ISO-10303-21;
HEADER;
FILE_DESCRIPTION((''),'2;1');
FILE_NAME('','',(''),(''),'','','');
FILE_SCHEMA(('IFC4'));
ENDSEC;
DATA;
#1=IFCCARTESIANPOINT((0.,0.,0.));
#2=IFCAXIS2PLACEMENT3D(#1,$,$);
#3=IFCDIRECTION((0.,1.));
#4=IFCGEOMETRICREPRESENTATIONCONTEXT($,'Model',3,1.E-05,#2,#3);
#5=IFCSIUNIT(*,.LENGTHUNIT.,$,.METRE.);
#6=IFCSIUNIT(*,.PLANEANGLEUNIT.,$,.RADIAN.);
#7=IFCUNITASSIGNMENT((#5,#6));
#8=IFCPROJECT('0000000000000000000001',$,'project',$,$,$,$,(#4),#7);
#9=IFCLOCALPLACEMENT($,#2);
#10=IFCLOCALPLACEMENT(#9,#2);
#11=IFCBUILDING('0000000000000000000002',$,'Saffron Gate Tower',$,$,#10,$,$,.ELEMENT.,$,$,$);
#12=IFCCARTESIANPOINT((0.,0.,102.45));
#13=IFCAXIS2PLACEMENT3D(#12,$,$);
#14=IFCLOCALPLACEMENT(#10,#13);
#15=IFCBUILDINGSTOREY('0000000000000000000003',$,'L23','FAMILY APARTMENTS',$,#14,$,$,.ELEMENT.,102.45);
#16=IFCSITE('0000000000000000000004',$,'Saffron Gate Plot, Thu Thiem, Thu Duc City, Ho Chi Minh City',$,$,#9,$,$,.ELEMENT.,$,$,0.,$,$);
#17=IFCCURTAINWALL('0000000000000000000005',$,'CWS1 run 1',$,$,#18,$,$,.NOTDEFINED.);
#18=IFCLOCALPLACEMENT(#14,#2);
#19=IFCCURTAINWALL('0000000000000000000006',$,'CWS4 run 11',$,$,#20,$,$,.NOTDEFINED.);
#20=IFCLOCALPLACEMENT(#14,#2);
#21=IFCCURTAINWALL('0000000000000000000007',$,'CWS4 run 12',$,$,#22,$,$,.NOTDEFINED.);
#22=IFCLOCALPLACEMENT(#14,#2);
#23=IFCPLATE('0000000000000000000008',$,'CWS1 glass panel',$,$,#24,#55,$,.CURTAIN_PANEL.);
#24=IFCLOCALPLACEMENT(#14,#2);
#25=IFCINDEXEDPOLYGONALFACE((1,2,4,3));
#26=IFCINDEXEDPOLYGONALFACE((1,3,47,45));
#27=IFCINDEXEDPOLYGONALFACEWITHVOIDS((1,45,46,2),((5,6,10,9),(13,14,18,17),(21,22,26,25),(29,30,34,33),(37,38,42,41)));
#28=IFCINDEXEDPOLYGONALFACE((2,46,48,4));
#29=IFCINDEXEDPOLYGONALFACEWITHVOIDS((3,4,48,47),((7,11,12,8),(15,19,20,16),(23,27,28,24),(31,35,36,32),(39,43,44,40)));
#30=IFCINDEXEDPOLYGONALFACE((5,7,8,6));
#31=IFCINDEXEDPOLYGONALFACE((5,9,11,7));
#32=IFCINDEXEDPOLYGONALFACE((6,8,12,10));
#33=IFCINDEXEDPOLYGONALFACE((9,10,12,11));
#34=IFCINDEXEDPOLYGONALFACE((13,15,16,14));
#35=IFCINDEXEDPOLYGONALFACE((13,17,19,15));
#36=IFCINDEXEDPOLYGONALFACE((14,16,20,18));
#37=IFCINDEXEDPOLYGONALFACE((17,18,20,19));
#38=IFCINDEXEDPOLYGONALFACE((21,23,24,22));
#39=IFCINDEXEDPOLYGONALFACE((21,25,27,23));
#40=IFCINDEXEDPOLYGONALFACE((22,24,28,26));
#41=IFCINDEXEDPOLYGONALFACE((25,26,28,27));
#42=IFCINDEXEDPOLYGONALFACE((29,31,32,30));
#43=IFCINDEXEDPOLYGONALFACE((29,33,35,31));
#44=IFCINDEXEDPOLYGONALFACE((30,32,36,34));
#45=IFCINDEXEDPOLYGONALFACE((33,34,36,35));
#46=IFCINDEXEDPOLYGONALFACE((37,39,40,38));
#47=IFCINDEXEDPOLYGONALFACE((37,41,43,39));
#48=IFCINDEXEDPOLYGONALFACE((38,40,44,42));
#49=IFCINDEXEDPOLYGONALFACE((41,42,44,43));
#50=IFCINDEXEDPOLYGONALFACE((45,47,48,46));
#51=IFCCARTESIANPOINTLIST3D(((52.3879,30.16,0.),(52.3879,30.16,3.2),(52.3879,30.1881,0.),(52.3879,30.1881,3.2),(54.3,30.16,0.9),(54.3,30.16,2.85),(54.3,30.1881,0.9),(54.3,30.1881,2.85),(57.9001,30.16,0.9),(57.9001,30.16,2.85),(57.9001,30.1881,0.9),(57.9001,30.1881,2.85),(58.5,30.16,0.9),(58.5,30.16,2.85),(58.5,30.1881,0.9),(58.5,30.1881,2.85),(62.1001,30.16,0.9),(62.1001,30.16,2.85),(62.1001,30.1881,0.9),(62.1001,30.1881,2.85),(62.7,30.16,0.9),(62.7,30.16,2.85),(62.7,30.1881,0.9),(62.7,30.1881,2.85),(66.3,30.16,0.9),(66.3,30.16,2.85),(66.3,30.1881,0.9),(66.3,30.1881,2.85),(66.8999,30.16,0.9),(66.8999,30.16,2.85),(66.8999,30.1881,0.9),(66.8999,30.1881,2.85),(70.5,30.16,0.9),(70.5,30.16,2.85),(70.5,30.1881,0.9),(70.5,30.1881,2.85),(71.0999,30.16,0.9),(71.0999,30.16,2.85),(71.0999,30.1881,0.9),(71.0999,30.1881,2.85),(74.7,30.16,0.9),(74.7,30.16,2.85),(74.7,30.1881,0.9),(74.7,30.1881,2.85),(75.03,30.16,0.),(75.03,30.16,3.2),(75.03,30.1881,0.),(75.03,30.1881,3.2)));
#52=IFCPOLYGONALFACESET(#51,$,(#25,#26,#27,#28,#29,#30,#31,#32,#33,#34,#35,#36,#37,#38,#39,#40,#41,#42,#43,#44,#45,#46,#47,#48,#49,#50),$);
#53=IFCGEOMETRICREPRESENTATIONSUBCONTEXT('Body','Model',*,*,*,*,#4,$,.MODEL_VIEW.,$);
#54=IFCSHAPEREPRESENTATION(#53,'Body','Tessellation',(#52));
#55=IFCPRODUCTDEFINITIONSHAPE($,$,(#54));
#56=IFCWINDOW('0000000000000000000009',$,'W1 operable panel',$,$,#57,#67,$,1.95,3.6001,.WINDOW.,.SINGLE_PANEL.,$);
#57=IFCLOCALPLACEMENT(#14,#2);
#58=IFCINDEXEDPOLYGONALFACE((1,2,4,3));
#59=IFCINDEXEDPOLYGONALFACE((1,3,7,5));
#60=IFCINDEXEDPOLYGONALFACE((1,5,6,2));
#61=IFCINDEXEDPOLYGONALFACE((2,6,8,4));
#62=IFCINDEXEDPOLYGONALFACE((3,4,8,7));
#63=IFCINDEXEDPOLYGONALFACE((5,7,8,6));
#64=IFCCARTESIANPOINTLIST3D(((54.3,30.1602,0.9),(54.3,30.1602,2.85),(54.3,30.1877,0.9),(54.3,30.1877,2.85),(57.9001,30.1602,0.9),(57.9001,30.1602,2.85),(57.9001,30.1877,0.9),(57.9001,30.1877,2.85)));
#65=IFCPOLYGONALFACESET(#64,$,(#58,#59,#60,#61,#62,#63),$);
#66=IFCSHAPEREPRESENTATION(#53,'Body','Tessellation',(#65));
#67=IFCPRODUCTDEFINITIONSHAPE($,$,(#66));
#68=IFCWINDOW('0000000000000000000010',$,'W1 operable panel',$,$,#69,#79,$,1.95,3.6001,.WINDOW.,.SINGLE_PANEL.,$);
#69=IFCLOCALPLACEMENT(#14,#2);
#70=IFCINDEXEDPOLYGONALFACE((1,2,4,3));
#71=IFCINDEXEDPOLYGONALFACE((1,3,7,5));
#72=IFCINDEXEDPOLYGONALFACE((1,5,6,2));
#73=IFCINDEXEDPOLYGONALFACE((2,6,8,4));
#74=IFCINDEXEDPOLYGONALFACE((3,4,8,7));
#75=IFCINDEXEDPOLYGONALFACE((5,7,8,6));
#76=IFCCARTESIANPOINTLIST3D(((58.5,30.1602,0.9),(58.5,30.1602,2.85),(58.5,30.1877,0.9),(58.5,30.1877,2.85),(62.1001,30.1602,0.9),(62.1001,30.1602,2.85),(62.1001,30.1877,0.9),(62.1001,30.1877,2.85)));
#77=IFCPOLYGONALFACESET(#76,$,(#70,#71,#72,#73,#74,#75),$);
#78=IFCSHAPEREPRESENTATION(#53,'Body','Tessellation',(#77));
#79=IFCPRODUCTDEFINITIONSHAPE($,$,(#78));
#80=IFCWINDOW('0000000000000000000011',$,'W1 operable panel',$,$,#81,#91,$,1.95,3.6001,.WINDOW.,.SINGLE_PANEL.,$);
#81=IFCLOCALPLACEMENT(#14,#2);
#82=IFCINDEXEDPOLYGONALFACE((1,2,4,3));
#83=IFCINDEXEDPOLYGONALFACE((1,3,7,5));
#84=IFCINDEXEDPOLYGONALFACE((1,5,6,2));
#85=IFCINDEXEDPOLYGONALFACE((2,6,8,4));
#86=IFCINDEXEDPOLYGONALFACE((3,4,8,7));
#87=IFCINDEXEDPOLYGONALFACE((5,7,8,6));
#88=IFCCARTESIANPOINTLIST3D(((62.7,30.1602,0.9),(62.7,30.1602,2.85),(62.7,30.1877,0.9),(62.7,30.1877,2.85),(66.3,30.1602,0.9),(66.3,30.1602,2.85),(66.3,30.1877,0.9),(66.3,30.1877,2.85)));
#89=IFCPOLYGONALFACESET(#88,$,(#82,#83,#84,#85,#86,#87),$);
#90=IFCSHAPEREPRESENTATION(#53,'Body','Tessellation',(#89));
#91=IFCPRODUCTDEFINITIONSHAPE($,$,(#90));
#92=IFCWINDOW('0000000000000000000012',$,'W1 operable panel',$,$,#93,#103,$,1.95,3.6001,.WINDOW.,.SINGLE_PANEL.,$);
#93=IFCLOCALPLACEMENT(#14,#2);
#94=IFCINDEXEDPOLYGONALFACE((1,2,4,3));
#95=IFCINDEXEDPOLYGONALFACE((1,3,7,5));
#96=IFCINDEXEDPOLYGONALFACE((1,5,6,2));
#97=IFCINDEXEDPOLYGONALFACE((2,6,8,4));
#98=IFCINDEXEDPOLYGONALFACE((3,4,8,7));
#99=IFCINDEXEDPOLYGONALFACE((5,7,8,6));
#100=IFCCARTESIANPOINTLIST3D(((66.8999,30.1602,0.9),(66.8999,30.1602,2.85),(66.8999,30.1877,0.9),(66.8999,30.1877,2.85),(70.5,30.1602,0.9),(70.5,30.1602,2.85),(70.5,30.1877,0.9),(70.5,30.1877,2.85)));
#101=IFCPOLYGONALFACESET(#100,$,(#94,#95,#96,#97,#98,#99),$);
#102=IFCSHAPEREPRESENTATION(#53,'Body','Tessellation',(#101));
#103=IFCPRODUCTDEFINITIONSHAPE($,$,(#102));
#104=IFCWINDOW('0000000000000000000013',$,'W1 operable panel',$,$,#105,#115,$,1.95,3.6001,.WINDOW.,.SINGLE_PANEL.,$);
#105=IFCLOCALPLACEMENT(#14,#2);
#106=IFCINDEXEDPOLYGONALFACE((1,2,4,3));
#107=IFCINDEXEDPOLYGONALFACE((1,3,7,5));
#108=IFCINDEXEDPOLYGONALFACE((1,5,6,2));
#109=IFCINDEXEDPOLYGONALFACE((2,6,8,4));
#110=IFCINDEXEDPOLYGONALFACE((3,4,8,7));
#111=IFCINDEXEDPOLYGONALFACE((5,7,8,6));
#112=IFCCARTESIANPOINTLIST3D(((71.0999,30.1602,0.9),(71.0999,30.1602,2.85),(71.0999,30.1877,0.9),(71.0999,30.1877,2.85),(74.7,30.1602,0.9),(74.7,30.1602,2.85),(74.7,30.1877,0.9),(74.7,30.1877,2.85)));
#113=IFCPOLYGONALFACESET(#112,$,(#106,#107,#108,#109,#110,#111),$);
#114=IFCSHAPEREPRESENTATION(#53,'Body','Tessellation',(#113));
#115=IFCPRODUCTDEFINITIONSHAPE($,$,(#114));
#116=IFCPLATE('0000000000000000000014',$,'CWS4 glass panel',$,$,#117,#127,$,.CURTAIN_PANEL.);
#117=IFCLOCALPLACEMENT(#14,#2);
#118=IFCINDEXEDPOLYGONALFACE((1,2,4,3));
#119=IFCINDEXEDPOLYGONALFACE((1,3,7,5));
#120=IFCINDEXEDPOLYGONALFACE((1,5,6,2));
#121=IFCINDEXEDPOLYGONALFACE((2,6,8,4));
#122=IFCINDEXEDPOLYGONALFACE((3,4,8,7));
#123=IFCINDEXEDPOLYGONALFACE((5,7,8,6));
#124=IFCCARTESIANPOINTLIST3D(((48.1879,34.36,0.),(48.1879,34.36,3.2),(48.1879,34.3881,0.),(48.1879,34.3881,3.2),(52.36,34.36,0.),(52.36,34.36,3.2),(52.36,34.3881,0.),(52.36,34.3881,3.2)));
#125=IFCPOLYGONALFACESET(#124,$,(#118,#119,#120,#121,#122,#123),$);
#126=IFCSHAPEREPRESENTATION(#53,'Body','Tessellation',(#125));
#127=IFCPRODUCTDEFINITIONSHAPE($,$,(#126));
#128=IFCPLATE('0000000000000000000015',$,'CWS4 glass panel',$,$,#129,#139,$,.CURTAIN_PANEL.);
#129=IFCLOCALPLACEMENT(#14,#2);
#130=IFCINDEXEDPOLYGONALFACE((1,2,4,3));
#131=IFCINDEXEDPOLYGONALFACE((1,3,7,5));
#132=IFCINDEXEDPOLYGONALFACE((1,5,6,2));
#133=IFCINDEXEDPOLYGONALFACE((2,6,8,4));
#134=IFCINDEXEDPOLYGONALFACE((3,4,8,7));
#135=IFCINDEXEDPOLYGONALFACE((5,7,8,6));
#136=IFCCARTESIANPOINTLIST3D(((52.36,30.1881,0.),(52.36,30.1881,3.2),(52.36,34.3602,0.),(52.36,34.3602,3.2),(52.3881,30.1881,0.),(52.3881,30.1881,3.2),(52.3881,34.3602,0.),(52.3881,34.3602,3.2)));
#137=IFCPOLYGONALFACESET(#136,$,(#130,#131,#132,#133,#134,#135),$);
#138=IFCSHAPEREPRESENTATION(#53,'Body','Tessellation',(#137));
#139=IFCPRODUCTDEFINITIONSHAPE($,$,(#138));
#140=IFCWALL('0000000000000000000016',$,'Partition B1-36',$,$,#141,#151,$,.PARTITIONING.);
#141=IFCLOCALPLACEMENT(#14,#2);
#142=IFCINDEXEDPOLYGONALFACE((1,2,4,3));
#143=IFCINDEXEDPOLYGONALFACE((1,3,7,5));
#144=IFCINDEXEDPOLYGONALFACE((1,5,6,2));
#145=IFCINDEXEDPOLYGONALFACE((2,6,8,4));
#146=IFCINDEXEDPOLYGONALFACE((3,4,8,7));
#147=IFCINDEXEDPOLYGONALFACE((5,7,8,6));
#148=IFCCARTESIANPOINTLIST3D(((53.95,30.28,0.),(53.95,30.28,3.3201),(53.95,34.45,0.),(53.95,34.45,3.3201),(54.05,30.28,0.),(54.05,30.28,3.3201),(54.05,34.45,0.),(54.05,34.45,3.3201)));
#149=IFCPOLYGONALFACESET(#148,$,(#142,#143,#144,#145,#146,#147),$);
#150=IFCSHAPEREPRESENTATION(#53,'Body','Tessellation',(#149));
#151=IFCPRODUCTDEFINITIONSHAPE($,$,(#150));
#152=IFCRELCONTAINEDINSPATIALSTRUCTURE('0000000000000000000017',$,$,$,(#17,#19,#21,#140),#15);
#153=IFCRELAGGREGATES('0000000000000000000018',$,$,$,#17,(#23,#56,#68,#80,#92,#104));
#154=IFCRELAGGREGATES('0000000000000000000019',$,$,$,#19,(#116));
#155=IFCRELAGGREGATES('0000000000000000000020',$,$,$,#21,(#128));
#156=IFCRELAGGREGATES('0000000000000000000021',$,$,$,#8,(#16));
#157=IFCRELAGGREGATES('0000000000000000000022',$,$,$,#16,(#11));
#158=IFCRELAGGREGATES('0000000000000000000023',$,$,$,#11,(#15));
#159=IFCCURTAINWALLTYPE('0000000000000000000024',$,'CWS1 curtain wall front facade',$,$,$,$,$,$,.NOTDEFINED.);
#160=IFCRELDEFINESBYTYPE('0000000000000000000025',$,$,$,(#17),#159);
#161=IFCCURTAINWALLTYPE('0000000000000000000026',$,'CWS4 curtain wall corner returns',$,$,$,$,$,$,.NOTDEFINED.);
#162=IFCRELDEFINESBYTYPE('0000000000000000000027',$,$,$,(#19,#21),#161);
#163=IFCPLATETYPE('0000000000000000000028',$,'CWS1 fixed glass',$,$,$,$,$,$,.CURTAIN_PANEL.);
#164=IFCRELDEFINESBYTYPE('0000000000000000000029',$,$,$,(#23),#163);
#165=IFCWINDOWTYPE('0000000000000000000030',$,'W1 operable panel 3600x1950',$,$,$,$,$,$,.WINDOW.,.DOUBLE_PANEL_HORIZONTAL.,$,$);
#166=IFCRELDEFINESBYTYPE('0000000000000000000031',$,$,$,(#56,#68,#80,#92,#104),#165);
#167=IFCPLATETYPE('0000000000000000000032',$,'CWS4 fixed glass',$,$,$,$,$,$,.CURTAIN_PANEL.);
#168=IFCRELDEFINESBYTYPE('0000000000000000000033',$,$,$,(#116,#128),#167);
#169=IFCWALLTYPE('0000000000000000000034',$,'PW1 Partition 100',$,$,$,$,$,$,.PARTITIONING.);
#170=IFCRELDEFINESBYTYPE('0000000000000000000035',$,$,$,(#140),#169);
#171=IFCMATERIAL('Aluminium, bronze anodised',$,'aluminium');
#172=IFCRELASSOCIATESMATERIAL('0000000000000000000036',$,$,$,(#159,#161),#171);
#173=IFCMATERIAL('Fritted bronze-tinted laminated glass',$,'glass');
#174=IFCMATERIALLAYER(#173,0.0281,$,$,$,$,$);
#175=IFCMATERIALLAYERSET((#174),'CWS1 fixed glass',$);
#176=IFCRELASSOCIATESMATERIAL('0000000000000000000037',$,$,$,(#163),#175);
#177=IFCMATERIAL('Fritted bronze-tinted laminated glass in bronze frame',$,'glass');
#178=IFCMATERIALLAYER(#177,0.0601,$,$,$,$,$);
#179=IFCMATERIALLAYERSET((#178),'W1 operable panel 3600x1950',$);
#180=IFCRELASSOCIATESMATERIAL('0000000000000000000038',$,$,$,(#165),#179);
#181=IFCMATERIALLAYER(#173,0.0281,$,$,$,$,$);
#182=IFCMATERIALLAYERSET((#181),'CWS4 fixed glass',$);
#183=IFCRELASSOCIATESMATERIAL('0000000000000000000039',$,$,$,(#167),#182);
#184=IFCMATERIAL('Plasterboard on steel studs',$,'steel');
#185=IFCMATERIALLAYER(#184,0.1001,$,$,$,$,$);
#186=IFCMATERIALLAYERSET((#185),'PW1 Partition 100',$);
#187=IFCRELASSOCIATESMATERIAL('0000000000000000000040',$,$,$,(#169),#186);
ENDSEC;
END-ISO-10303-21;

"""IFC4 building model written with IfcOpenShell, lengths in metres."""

from ifc_helpers import new_model, si_unit, direction, frame, frame_2d, origin, place, context, subcontext, project, spatial, rectangle, extrude, material, layer, layer_set, type_object, element, fill, aggregate, save


model = new_model("IFC4")

# Units and contexts
model_context = context("Model", 3, precision=1e-05, world=origin(), true_north=direction((0.0, 1.0)))
body_context = subcontext(model_context, "Body", "Model", "MODEL_VIEW")
ifc_project = project(units=[si_unit("LENGTHUNIT", "METRE"), si_unit("PLANEANGLEUNIT", "RADIAN")], contexts=[model_context])

# Site, building, storey
site_placement = place(None, origin())
site = spatial("IfcSite", under=ifc_project, at=site_placement, Name="Saffron Gate Plot, Thu Thiem, Thu Duc City, Ho Chi Minh City", CompositionType="ELEMENT", RefElevation=0.0)
building_placement = place(site_placement, origin())
building = spatial("IfcBuilding", under=site, at=building_placement, Name="Saffron Gate Tower", CompositionType="ELEMENT")
storey_placement = place(building_placement, frame((0.0, 0.0, 102.45)))
storey = spatial("IfcBuildingStorey", under=building, at=storey_placement, Name="L23", Description="FAMILY APARTMENTS", CompositionType="ELEMENT", Elevation=102.45)

# Curtain wall
ifc_material_1 = material(Name="Aluminium, bronze anodised", Category="aluminium")
curtain_wall_type_1 = type_object("IfcCurtainWallType", Name="CWS1 curtain wall front facade", PredefinedType="NOTDEFINED", material=ifc_material_1)
curtain_wall_1_placement = place(storey_placement, origin())
curtain_wall_1 = element("IfcCurtainWall", 1, at=curtain_wall_1_placement, inside=storey, type_object=curtain_wall_type_1, Name="CWS1 run 1", PredefinedType="NOTDEFINED")

# Curtain walls
curtain_wall_type_2 = type_object("IfcCurtainWallType", Name="CWS4 curtain wall corner returns", PredefinedType="NOTDEFINED", material=ifc_material_1)
curtain_wall_2_placement = place(storey_placement, origin())
curtain_wall_2 = element("IfcCurtainWall", 2, at=curtain_wall_2_placement, inside=storey, type_object=curtain_wall_type_2, Name="CWS4 run 11", PredefinedType="NOTDEFINED")
curtain_wall_3_placement = place(storey_placement, origin())
curtain_wall_3 = element("IfcCurtainWall", 3, at=curtain_wall_3_placement, inside=storey, type_object=curtain_wall_type_2, Name="CWS4 run 12", PredefinedType="NOTDEFINED")

# Plate, openings, windows
ifc_material_2 = material(Name="Fritted bronze-tinted laminated glass", Category="glass")
ifc_layer_1 = layer(ifc_material_2, 0.0281)
ifc_layer_set_1 = layer_set([ifc_layer_1], Name="CWS1 fixed glass")
plate_type_1 = type_object("IfcPlateType", Name="CWS1 fixed glass", PredefinedType="CURTAIN_PANEL", material=ifc_layer_set_1)
plate_1_placement = place(storey_placement, frame((52.3879, 30.1741, 0.0), z_axis=(0.0, 0.0, 1.0), x_axis=(1.0, 0.0, 0.0)))
plate_1 = element("IfcPlate", 4, at=plate_1_placement, type_object=plate_type_1, Name="CWS1 glass panel", PredefinedType="CURTAIN_PANEL", context=body_context, shape_type="SweptSolid", body=[
    extrude(rectangle(XDim=22.6421, YDim=0.0281, at=frame_2d((11.321, 0.0))), origin(), (0.0, 0.0, 1.0), 3.2),
])
opening_1_placement = place(plate_1_placement, frame((1.9121, 0.0, 0.8999)))
opening_1 = element("IfcOpeningElement", 5, at=opening_1_placement, cuts=plate_1, PredefinedType="OPENING", context=body_context, shape_type="SweptSolid", body=[
    extrude(rectangle(XDim=3.6001, YDim=1.95, at=frame_2d((1.8, 0.9751))), frame((0.0, 0.0239, 0.0), z_axis=(0.0, -1.0, 0.0), x_axis=(1.0, 0.0, 0.0)), (0.0, 0.0, 1.0), 0.0481),
])
opening_2_placement = place(plate_1_placement, frame((6.1121, 0.0, 0.8999)))
opening_2 = element("IfcOpeningElement", 6, at=opening_2_placement, cuts=plate_1, PredefinedType="OPENING", context=body_context, shape_type="SweptSolid", body=[
    extrude(rectangle(XDim=3.6001, YDim=1.95, at=frame_2d((1.8, 0.9751))), frame((0.0, 0.0239, 0.0), z_axis=(0.0, -1.0, 0.0), x_axis=(1.0, 0.0, 0.0)), (0.0, 0.0, 1.0), 0.0481),
])
opening_3_placement = place(plate_1_placement, frame((10.312, 0.0, 0.8999)))
opening_3 = element("IfcOpeningElement", 7, at=opening_3_placement, cuts=plate_1, PredefinedType="OPENING", context=body_context, shape_type="SweptSolid", body=[
    extrude(rectangle(XDim=3.6001, YDim=1.95, at=frame_2d((1.8, 0.9751))), frame((0.0, 0.0239, 0.0), z_axis=(0.0, -1.0, 0.0), x_axis=(1.0, 0.0, 0.0)), (0.0, 0.0, 1.0), 0.0481),
])
opening_4_placement = place(plate_1_placement, frame((14.512, 0.0, 0.8999)))
opening_4 = element("IfcOpeningElement", 8, at=opening_4_placement, cuts=plate_1, PredefinedType="OPENING", context=body_context, shape_type="SweptSolid", body=[
    extrude(rectangle(XDim=3.6001, YDim=1.95, at=frame_2d((1.8, 0.9751))), frame((0.0, 0.0239, 0.0), z_axis=(0.0, -1.0, 0.0), x_axis=(1.0, 0.0, 0.0)), (0.0, 0.0, 1.0), 0.0481),
])
opening_5_placement = place(plate_1_placement, frame((18.7119, 0.0, 0.8999)))
opening_5 = element("IfcOpeningElement", 9, at=opening_5_placement, cuts=plate_1, PredefinedType="OPENING", context=body_context, shape_type="SweptSolid", body=[
    extrude(rectangle(XDim=3.6001, YDim=1.95, at=frame_2d((1.8, 0.9751))), frame((0.0, 0.0239, 0.0), z_axis=(0.0, -1.0, 0.0), x_axis=(1.0, 0.0, 0.0)), (0.0, 0.0, 1.0), 0.0481),
])
ifc_material_3 = material(Name="Fritted bronze-tinted laminated glass in bronze frame", Category="glass")
ifc_layer_2 = layer(ifc_material_3, 0.0601)
ifc_layer_set_2 = layer_set([ifc_layer_2], Name="W1 operable panel 3600x1950")
window_type = type_object("IfcWindowType", Name="W1 operable panel 3600x1950", PartitioningType="DOUBLE_PANEL_HORIZONTAL", PredefinedType="WINDOW", material=ifc_layer_set_2)
window_1_placement = place(opening_1_placement, origin())
window_1 = element("IfcWindow", 10, at=window_1_placement, type_object=window_type, Name="W1 operable panel", OverallHeight=1.95, OverallWidth=3.6001, PartitioningType="SINGLE_PANEL", PredefinedType="WINDOW", context=body_context, shape_type="SweptSolid", body=[
    extrude(rectangle(XDim=3.6001, YDim=1.95, at=frame_2d((1.8, 0.9751))), frame((0.0, 0.0137, 0.0), z_axis=(0.0, -1.0, 0.0), x_axis=(1.0, 0.0, 0.0)), (0.0, 0.0, 1.0), 0.0276),
])
fill(opening_1, window_1)
window_2_placement = place(opening_2_placement, origin())
window_2 = element("IfcWindow", 11, at=window_2_placement, type_object=window_type, Name="W1 operable panel", OverallHeight=1.95, OverallWidth=3.6001, PartitioningType="SINGLE_PANEL", PredefinedType="WINDOW", context=body_context, shape_type="SweptSolid", body=[
    extrude(rectangle(XDim=3.6001, YDim=1.95, at=frame_2d((1.8, 0.9751))), frame((0.0, 0.0137, 0.0), z_axis=(0.0, -1.0, 0.0), x_axis=(1.0, 0.0, 0.0)), (0.0, 0.0, 1.0), 0.0276),
])
fill(opening_2, window_2)
window_3_placement = place(opening_3_placement, origin())
window_3 = element("IfcWindow", 12, at=window_3_placement, type_object=window_type, Name="W1 operable panel", OverallHeight=1.95, OverallWidth=3.6001, PartitioningType="SINGLE_PANEL", PredefinedType="WINDOW", context=body_context, shape_type="SweptSolid", body=[
    extrude(rectangle(XDim=3.6001, YDim=1.95, at=frame_2d((1.8, 0.9751))), frame((0.0, 0.0137, 0.0), z_axis=(0.0, -1.0, 0.0), x_axis=(1.0, 0.0, 0.0)), (0.0, 0.0, 1.0), 0.0276),
])
fill(opening_3, window_3)
window_4_placement = place(opening_4_placement, origin())
window_4 = element("IfcWindow", 13, at=window_4_placement, type_object=window_type, Name="W1 operable panel", OverallHeight=1.95, OverallWidth=3.6001, PartitioningType="SINGLE_PANEL", PredefinedType="WINDOW", context=body_context, shape_type="SweptSolid", body=[
    extrude(rectangle(XDim=3.6001, YDim=1.95, at=frame_2d((1.8, 0.9751))), frame((0.0, 0.0137, 0.0), z_axis=(0.0, -1.0, 0.0), x_axis=(1.0, 0.0, 0.0)), (0.0, 0.0, 1.0), 0.0276),
])
fill(opening_4, window_4)
window_5_placement = place(opening_5_placement, origin())
window_5 = element("IfcWindow", 14, at=window_5_placement, type_object=window_type, Name="W1 operable panel", OverallHeight=1.95, OverallWidth=3.6001, PartitioningType="SINGLE_PANEL", PredefinedType="WINDOW", context=body_context, shape_type="SweptSolid", body=[
    extrude(rectangle(XDim=3.6001, YDim=1.95, at=frame_2d((1.8, 0.9751))), frame((0.0, 0.0137, 0.0), z_axis=(0.0, -1.0, 0.0), x_axis=(1.0, 0.0, 0.0)), (0.0, 0.0, 1.0), 0.0276),
])
fill(opening_5, window_5)
aggregate(curtain_wall_1, [plate_1, window_1, window_2, window_3, window_4, window_5])

# Plates
ifc_layer_3 = layer(ifc_material_2, 0.0281)
ifc_layer_set_3 = layer_set([ifc_layer_3], Name="CWS4 fixed glass")
plate_type_2 = type_object("IfcPlateType", Name="CWS4 fixed glass", PredefinedType="CURTAIN_PANEL", material=ifc_layer_set_3)
plate_2_placement = place(storey_placement, frame((48.188, 34.374, 0.0), z_axis=(0.0, 0.0, 1.0), x_axis=(1.0, 0.0, 0.0)))
plate_2 = element("IfcPlate", 15, at=plate_2_placement, type_object=plate_type_2, Name="CWS4 glass panel", PredefinedType="CURTAIN_PANEL", context=body_context, shape_type="SweptSolid", body=[
    extrude(rectangle(XDim=4.1721, YDim=0.0281, at=frame_2d((2.0859, 0.0))), origin(), (0.0, 0.0, 1.0), 3.2),
])
aggregate(curtain_wall_2, [plate_2])
plate_3_placement = place(storey_placement, frame((52.374, 34.3601, 0.0), z_axis=(0.0, 0.0, 1.0), x_axis=(0.0, -1.0, 0.0)))
plate_3 = element("IfcPlate", 16, at=plate_3_placement, type_object=plate_type_2, Name="CWS4 glass panel", PredefinedType="CURTAIN_PANEL", context=body_context, shape_type="SweptSolid", body=[
    extrude(rectangle(XDim=4.1721, YDim=0.0281, at=frame_2d((2.0859, 0.0))), origin(), (0.0, 0.0, 1.0), 3.2),
])
aggregate(curtain_wall_3, [plate_3])

# Wall
ifc_material_4 = material(Name="Plasterboard on steel studs", Category="steel")
ifc_layer_4 = layer(ifc_material_4, 0.1001)
ifc_layer_set_4 = layer_set([ifc_layer_4], Name="PW1 Partition 100")
wall_type = type_object("IfcWallType", Name="PW1 Partition 100", PredefinedType="PARTITIONING", material=ifc_layer_set_4)
wall_placement = place(storey_placement, frame((54.0, 34.45, 0.0), z_axis=(0.0, 0.0, 1.0), x_axis=(0.0, -1.0, 0.0)))
element("IfcWall", 17, at=wall_placement, inside=storey, type_object=wall_type, Name="Partition B1-36", PredefinedType="PARTITIONING", context=body_context, shape_type="SweptSolid", body=[
    extrude(rectangle(XDim=4.1699, YDim=0.1001, at=frame_2d((2.085, 0.0))), origin(), (0.0, 0.0, 1.0), 3.3201),
])

save(model, "model.ifc")
